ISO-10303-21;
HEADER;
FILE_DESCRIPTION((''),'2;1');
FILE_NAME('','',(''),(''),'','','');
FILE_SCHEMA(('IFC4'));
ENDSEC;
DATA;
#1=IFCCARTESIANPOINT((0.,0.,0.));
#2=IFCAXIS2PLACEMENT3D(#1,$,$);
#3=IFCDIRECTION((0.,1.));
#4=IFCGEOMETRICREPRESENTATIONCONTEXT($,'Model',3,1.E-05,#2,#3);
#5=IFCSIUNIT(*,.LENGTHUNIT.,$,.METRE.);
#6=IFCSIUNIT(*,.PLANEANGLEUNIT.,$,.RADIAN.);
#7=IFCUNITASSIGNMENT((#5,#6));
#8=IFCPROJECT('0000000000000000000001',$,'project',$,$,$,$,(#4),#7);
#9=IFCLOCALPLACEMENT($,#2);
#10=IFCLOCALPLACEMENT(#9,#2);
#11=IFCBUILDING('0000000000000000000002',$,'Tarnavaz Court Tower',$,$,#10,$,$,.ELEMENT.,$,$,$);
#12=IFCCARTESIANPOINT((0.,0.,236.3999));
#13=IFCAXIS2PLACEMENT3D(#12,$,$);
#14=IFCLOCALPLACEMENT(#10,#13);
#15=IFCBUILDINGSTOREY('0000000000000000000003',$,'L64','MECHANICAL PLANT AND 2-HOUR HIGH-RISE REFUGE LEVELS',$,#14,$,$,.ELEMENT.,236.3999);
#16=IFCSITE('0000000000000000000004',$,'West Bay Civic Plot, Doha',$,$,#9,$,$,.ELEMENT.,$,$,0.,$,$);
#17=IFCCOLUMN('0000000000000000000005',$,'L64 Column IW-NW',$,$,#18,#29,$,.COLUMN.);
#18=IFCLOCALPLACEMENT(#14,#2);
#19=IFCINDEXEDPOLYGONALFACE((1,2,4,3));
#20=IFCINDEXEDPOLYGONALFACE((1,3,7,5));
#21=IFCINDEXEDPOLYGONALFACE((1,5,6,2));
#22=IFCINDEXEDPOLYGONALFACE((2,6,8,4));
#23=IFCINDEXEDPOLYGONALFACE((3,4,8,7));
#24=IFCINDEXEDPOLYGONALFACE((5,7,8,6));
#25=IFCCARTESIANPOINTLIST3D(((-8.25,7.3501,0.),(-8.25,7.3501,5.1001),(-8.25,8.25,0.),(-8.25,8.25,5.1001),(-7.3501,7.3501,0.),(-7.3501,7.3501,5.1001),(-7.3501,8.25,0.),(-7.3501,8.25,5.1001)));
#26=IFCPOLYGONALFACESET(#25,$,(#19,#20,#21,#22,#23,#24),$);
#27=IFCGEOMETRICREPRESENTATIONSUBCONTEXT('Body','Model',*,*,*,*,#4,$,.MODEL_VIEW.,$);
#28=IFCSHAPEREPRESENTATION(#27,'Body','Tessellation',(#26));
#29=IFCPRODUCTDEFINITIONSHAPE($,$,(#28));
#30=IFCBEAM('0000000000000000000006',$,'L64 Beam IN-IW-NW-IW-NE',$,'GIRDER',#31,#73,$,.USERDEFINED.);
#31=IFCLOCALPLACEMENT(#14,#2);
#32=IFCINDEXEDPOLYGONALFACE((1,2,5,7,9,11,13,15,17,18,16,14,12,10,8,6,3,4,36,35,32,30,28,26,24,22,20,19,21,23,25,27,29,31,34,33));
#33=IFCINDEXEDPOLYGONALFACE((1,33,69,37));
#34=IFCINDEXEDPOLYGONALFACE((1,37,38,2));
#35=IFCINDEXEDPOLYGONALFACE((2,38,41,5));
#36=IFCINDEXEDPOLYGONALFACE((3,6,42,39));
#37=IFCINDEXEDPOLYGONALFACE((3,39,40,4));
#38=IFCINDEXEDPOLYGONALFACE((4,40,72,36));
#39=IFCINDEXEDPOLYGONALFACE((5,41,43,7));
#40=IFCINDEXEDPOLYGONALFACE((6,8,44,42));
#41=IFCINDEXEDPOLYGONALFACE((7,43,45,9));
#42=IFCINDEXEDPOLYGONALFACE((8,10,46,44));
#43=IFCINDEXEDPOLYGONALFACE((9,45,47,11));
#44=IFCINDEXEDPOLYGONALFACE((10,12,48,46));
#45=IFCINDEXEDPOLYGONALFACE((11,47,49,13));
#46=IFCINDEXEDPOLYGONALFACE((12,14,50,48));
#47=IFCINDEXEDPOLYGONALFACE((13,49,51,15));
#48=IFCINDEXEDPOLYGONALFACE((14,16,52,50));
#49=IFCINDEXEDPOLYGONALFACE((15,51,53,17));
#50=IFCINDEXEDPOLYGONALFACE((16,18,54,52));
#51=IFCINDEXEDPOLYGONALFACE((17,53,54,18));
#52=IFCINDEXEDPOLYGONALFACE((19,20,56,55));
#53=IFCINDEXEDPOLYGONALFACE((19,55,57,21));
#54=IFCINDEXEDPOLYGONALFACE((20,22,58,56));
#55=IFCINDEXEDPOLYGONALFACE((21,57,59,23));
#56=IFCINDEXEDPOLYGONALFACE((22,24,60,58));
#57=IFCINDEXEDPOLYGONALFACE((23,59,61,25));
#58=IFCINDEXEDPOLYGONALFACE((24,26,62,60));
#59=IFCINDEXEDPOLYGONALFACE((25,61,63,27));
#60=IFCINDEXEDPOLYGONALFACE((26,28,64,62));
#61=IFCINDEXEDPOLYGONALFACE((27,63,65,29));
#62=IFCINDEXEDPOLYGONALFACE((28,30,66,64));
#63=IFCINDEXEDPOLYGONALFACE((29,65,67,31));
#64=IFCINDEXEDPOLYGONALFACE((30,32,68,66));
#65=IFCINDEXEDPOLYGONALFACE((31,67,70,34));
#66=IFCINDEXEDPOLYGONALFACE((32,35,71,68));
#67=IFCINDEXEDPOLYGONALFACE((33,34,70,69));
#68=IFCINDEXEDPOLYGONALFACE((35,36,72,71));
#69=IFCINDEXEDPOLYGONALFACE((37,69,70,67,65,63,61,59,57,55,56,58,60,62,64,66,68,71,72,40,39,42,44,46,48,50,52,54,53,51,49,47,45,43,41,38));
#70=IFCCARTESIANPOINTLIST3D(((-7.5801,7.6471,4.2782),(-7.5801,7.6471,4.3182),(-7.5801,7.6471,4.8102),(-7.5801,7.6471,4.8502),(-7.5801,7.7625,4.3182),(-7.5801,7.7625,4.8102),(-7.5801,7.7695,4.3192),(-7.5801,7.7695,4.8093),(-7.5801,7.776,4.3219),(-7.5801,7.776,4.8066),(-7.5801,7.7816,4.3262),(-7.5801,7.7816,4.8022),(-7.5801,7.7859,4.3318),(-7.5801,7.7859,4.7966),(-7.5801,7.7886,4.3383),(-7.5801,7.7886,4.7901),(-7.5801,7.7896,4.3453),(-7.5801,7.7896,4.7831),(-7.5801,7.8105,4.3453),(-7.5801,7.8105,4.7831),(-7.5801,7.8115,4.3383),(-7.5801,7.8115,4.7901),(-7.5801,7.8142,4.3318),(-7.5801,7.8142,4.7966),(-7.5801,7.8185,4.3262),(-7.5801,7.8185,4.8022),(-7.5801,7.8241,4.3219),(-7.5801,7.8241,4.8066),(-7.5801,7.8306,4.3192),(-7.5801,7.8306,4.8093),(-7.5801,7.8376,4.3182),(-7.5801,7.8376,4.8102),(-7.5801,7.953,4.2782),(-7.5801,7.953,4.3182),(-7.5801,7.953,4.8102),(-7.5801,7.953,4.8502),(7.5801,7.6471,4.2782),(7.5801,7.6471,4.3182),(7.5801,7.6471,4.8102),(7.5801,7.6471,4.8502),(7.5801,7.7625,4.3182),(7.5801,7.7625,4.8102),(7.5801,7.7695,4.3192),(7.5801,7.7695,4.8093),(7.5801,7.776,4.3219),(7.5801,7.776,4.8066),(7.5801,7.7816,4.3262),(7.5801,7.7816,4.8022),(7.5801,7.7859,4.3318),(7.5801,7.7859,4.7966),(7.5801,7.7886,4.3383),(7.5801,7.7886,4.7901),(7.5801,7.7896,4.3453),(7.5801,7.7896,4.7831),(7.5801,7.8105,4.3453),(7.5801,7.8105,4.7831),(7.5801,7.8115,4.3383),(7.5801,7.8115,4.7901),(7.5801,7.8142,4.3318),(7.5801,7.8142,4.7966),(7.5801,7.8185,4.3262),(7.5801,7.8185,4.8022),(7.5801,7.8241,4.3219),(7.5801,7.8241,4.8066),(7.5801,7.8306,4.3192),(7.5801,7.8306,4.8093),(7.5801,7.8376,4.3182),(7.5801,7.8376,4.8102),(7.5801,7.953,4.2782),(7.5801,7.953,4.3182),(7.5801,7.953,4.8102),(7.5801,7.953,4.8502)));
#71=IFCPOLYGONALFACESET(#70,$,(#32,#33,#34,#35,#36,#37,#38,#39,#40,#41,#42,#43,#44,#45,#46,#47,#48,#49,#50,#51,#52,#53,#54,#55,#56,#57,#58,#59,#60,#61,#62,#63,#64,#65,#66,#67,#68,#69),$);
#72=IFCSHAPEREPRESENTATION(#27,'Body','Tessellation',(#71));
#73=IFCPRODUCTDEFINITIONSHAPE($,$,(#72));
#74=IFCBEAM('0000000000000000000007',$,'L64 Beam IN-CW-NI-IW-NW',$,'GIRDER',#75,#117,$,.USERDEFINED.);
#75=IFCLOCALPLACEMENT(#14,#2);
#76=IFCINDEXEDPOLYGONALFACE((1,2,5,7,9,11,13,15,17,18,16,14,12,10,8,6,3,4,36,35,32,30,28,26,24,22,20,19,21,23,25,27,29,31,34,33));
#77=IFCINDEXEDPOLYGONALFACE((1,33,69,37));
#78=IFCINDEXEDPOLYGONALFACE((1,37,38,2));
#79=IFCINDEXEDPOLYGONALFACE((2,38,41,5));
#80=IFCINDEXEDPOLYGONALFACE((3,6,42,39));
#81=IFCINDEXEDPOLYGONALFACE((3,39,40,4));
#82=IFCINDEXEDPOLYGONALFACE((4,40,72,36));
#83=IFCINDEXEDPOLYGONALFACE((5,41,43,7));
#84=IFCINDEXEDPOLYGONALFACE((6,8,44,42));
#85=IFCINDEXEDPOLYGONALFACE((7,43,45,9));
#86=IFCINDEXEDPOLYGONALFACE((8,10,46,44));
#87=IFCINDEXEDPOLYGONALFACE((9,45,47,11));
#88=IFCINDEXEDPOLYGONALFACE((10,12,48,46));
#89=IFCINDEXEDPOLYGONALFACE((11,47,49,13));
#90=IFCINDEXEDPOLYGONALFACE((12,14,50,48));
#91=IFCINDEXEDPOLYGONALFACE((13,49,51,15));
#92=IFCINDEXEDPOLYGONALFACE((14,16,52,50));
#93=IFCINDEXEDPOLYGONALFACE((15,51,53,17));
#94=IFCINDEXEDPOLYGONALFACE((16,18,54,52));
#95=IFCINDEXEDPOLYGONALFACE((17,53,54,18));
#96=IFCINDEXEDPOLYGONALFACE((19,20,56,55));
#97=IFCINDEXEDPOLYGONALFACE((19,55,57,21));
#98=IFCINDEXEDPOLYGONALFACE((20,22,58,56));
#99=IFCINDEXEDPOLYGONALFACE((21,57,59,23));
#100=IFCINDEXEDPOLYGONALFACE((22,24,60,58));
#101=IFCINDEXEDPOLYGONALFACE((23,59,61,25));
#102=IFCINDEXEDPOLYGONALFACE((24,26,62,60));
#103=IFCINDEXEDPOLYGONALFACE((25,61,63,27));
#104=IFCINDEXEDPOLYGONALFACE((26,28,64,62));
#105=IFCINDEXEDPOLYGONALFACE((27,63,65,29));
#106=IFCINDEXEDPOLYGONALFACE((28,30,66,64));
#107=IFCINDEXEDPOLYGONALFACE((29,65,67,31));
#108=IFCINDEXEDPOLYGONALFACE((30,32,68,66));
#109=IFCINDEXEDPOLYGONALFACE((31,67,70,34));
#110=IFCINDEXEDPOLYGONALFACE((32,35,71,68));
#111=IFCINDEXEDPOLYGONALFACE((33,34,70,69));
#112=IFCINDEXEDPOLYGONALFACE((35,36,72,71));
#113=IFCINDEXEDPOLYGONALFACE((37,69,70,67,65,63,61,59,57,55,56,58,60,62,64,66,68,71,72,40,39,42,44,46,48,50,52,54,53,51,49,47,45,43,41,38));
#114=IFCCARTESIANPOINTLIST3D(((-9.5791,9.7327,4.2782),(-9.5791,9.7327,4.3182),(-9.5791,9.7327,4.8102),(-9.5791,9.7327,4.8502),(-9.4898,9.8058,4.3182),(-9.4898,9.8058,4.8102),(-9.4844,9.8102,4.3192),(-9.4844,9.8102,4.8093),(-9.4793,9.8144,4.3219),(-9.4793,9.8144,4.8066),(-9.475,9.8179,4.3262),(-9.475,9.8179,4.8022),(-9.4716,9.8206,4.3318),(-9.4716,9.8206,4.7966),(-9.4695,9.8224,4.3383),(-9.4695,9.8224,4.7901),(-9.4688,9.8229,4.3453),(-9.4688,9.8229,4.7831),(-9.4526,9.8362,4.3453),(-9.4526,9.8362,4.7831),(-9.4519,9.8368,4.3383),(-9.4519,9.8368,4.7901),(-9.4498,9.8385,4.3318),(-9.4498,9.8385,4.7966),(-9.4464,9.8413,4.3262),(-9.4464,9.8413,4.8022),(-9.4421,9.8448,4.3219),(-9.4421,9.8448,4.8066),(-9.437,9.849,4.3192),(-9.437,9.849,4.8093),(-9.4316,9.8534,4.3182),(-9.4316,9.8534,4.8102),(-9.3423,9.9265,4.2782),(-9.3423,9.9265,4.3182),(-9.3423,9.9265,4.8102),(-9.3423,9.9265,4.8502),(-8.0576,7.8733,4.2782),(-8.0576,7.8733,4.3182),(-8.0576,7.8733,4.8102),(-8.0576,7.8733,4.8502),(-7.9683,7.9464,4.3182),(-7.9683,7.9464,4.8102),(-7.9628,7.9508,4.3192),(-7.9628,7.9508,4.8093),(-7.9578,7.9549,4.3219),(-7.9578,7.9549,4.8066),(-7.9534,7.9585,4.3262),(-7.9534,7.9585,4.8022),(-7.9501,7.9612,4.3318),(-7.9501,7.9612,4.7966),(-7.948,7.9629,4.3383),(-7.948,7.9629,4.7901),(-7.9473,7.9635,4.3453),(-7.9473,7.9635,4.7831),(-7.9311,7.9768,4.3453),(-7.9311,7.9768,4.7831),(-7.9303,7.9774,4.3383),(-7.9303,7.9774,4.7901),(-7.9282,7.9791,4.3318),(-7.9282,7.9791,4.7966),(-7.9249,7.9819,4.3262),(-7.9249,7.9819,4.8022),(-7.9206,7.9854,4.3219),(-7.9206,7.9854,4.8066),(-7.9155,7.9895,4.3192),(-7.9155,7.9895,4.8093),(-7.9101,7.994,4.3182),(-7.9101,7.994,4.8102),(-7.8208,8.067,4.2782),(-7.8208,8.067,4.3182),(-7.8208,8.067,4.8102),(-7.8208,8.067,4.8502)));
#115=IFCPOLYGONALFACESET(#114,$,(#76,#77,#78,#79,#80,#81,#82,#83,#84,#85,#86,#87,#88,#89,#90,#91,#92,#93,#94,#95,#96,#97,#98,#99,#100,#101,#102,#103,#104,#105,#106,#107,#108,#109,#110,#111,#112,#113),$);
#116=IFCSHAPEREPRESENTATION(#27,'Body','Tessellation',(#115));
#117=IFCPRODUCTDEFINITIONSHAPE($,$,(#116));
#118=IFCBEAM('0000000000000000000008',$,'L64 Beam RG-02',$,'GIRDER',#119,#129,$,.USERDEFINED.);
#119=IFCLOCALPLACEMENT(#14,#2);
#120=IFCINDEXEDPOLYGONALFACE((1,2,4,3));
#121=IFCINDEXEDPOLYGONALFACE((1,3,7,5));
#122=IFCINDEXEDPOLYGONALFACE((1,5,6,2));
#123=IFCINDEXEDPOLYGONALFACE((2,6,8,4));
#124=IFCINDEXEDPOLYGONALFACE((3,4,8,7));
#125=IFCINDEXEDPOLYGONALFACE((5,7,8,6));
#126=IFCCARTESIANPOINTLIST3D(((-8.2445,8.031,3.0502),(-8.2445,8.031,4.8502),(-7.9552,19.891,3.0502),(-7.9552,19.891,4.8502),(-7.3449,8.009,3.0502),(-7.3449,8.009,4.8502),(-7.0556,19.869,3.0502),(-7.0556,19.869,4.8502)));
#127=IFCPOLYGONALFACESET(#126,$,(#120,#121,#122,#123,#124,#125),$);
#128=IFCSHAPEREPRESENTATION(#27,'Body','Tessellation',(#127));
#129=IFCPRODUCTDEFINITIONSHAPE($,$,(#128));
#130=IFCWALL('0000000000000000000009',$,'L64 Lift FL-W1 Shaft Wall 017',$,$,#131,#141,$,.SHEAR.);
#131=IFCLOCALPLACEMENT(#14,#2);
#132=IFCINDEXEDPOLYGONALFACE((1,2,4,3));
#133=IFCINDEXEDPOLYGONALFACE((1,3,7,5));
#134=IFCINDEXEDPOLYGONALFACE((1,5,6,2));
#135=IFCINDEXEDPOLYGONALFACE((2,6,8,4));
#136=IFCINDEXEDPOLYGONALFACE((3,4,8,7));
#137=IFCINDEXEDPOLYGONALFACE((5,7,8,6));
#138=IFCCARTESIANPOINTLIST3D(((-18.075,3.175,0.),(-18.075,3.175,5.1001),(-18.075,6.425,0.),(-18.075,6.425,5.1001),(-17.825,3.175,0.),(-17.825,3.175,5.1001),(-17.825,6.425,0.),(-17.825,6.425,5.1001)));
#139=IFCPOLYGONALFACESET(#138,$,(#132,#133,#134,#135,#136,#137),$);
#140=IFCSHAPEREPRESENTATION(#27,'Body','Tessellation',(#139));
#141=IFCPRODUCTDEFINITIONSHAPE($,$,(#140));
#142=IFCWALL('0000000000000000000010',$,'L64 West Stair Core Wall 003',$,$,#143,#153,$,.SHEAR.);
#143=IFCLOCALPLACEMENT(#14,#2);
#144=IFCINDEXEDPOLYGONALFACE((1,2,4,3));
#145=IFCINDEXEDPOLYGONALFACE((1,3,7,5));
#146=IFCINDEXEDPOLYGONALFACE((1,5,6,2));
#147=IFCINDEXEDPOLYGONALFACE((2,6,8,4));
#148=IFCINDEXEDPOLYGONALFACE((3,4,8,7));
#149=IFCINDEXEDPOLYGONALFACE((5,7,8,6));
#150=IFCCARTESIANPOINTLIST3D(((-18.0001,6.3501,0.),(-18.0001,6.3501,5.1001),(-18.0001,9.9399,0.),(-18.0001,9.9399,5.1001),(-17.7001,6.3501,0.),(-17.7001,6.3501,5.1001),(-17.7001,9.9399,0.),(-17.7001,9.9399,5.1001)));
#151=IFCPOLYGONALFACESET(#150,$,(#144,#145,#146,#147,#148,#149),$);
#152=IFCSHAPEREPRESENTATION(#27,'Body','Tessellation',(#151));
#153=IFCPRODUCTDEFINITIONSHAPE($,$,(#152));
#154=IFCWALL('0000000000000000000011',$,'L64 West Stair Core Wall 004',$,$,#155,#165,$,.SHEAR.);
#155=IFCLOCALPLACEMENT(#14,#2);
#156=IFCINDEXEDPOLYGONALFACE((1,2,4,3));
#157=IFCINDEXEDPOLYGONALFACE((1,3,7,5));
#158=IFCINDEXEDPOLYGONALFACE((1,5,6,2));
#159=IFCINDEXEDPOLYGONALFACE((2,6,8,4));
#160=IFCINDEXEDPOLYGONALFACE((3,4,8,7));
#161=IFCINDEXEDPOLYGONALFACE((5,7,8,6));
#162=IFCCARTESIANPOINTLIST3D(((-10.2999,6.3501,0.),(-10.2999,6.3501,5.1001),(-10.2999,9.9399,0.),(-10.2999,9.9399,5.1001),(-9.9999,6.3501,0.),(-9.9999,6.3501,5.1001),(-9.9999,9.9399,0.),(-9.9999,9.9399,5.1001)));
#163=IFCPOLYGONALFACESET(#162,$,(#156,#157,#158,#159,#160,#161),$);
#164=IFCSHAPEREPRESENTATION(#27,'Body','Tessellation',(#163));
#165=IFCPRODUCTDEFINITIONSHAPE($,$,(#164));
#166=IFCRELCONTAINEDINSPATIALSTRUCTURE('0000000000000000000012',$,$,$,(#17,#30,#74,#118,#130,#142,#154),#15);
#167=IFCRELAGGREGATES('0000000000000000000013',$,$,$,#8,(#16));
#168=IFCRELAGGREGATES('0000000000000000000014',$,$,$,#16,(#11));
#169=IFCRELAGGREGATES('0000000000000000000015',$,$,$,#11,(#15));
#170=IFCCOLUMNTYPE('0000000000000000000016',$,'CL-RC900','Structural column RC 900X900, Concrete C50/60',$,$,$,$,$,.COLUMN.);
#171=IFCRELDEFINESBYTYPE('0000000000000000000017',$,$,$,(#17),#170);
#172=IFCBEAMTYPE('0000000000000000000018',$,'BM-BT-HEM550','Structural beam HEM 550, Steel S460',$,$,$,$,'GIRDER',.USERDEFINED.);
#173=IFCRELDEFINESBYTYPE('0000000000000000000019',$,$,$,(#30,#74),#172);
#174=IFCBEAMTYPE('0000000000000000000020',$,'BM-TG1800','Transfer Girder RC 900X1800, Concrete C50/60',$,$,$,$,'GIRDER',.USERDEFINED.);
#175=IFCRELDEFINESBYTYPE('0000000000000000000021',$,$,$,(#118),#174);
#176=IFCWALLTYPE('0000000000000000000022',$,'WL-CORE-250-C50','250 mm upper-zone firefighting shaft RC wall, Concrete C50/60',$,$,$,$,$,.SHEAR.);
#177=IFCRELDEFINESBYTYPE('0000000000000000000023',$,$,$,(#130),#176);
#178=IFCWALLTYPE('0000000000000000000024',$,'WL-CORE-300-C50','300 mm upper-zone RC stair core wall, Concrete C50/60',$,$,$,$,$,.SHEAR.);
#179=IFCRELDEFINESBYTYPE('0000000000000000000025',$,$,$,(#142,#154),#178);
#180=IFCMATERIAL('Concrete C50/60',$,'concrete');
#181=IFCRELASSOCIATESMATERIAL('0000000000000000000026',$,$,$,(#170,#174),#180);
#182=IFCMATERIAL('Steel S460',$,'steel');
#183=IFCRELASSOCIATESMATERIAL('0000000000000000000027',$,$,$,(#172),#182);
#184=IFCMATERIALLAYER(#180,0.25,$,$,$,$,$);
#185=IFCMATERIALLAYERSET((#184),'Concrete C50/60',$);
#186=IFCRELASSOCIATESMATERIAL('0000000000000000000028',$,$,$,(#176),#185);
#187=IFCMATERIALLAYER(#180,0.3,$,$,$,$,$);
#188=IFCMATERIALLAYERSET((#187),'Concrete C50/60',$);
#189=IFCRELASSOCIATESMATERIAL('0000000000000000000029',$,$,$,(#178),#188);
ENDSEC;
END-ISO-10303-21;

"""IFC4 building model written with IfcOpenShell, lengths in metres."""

from ifc_helpers import new_model, si_unit, direction, frame, frame_2d, origin, origin_2d, place, context, subcontext, project, spatial, rectangle, i_section, extrude, material, layer, layer_set, material_profile, profile_set, type_object, element, save


model = new_model("IFC4")

# Units and contexts
model_context = context("Model", 3, precision=1e-05, world=origin(), true_north=direction((0.0, 1.0)))
body_context = subcontext(model_context, "Body", "Model", "MODEL_VIEW")
ifc_project = project(units=[si_unit("LENGTHUNIT", "METRE"), si_unit("PLANEANGLEUNIT", "RADIAN")], contexts=[model_context])

# Site, building, storey
site_placement = place(None, origin())
site = spatial("IfcSite", under=ifc_project, at=site_placement, Name="West Bay Civic Plot, Doha", CompositionType="ELEMENT", RefElevation=0.0)
building_placement = place(site_placement, origin())
building = spatial("IfcBuilding", under=site, at=building_placement, Name="Tarnavaz Court Tower", CompositionType="ELEMENT")
storey_placement = place(building_placement, frame((0.0, 0.0, 236.3999)))
storey = spatial("IfcBuildingStorey", under=building, at=storey_placement, Name="L64", Description="MECHANICAL PLANT AND 2-HOUR HIGH-RISE REFUGE LEVELS", CompositionType="ELEMENT", Elevation=236.3999)

# Column
ifc_material_1 = material(Name="Concrete C50/60", Category="concrete")
ifc_material_profile_1 = material_profile(ifc_material_1, rectangle(XDim=0.8999, YDim=0.8999, at=origin_2d()), Name="RC 900X900")
ifc_profile_set_1 = profile_set([ifc_material_profile_1], Name="Concrete C50/60")
column_type = type_object("IfcColumnType", Name="CL-RC900", Description="Structural column RC 900X900, Concrete C50/60", PredefinedType="COLUMN", material=ifc_profile_set_1)
column_placement = place(storey_placement, frame((-7.8, 7.8, 0.0), z_axis=(0.0, 0.0, 1.0), x_axis=(1.0, 0.0, 0.0)))
element("IfcColumn", 1, at=column_placement, inside=storey, type_object=column_type, Name="L64 Column IW-NW", PredefinedType="COLUMN", context=body_context, shape_type="SweptSolid", body=[
    extrude(rectangle(XDim=0.8999, YDim=0.8999, at=origin_2d()), origin(), (0.0, 0.0, 1.0), 5.1001),
])

# Beams
ifc_material_2 = material(Name="Steel S460", Category="steel")
ifc_material_profile_2 = material_profile(ifc_material_2, i_section(OverallWidth=0.3059, OverallDepth=0.572, WebThickness=0.021, FlangeThickness=0.04, FilletRadius=0.0271, at=origin_2d()), Name="HEM 550")
ifc_profile_set_2 = profile_set([ifc_material_profile_2], Name="Steel S460")
beam_type_1 = type_object("IfcBeamType", Name="BM-BT-HEM550", Description="Structural beam HEM 550, Steel S460", ElementType="GIRDER", PredefinedType="USERDEFINED", material=ifc_profile_set_2)
beam_1_placement = place(storey_placement, frame((-7.5801, 7.8, 4.5642), z_axis=(1.0, 0.0, 0.0), x_axis=(0.0, 1.0, 0.0)))
element("IfcBeam", 2, at=beam_1_placement, inside=storey, type_object=beam_type_1, Name="L64 Beam IN-IW-NW-IW-NE", ObjectType="GIRDER", PredefinedType="USERDEFINED", context=body_context, shape_type="SweptSolid", body=[
    extrude(i_section(OverallWidth=0.3059, OverallDepth=0.572, WebThickness=0.021, FlangeThickness=0.04, FilletRadius=0.0271, at=origin_2d()), origin(), (0.0, 0.0, 1.0), 15.1602),
])
beam_2_placement = place(storey_placement, frame((-9.4607, 9.8296, 4.5642), z_axis=(0.633282, -0.773921, 0.0), x_axis=(0.773921, 0.633282, 0.0)))
element("IfcBeam", 3, at=beam_2_placement, inside=storey, type_object=beam_type_1, Name="L64 Beam IN-CW-NI-IW-NW", ObjectType="GIRDER", PredefinedType="USERDEFINED", context=body_context, shape_type="SweptSolid", body=[
    extrude(i_section(OverallWidth=0.3059, OverallDepth=0.572, WebThickness=0.021, FlangeThickness=0.04, FilletRadius=0.0271, at=origin_2d()), origin(), (0.0, 0.0, 1.0), 2.4026),
])
ifc_material_profile_3 = material_profile(ifc_material_1, rectangle(XDim=0.8999, YDim=1.8, at=origin_2d()), Name="RC 900X1800")
ifc_profile_set_3 = profile_set([ifc_material_profile_3], Name="Concrete C50/60")
beam_type_2 = type_object("IfcBeamType", Name="BM-TG1800", Description="Transfer Girder RC 900X1800, Concrete C50/60", ElementType="GIRDER", PredefinedType="USERDEFINED", material=ifc_profile_set_3)
beam_3_placement = place(storey_placement, frame((-7.7947, 8.02, 3.9502), z_axis=(0.024386, 0.999703, 0.0), x_axis=(-0.999703, 0.024386, 0.0)))
element("IfcBeam", 4, at=beam_3_placement, inside=storey, type_object=beam_type_2, Name="L64 Beam RG-02", ObjectType="GIRDER", PredefinedType="USERDEFINED", context=body_context, shape_type="SweptSolid", body=[
    extrude(rectangle(XDim=0.8999, YDim=1.8, at=origin_2d()), origin(), (0.0, 0.0, 1.0), 11.8635),
])

# Wall
ifc_layer_1 = layer(ifc_material_1, 0.25)
ifc_layer_set_1 = layer_set([ifc_layer_1], Name="Concrete C50/60")
wall_type_1 = type_object("IfcWallType", Name="WL-CORE-250-C50", Description="250 mm upper-zone firefighting shaft RC wall, Concrete C50/60", PredefinedType="SHEAR", material=ifc_layer_set_1)
wall_1_placement = place(storey_placement, frame((-17.95, 3.175, 0.0), z_axis=(0.0, 0.0, 1.0), x_axis=(0.0, 1.0, 0.0)))
element("IfcWall", 5, at=wall_1_placement, inside=storey, type_object=wall_type_1, Name="L64 Lift FL-W1 Shaft Wall 017", PredefinedType="SHEAR", context=body_context, shape_type="SweptSolid", body=[
    extrude(rectangle(XDim=3.25, YDim=0.25, at=frame_2d((1.625, 0.0))), origin(), (0.0, 0.0, 1.0), 5.1001),
])

# Walls
ifc_layer_2 = layer(ifc_material_1, 0.3)
ifc_layer_set_2 = layer_set([ifc_layer_2], Name="Concrete C50/60")
wall_type_2 = type_object("IfcWallType", Name="WL-CORE-300-C50", Description="300 mm upper-zone RC stair core wall, Concrete C50/60", PredefinedType="SHEAR", material=ifc_layer_set_2)
for number, where, z_axis, x_axis, name in (
    (6, (-17.8501, 6.3501, 0.0), (0.0, 0.0, 1.0), (0.0, 1.0, 0.0), "L64 West Stair Core Wall 003"),
    (7, (-10.1499, 6.3501, 0.0), (0.0, 0.0, 1.0), (0.0, 1.0, 0.0), "L64 West Stair Core Wall 004"),
):
    element("IfcWall", number, at=place(storey_placement, frame(where, z_axis=z_axis, x_axis=x_axis)), inside=storey, type_object=wall_type_2, Name=name, PredefinedType="SHEAR", context=body_context, shape_type="SweptSolid", body=[
        extrude(rectangle(XDim=3.5898, YDim=0.3, at=frame_2d((1.7949, 0.0))), origin(), (0.0, 0.0, 1.0), 5.1001),
    ])

save(model, "model.ifc")
